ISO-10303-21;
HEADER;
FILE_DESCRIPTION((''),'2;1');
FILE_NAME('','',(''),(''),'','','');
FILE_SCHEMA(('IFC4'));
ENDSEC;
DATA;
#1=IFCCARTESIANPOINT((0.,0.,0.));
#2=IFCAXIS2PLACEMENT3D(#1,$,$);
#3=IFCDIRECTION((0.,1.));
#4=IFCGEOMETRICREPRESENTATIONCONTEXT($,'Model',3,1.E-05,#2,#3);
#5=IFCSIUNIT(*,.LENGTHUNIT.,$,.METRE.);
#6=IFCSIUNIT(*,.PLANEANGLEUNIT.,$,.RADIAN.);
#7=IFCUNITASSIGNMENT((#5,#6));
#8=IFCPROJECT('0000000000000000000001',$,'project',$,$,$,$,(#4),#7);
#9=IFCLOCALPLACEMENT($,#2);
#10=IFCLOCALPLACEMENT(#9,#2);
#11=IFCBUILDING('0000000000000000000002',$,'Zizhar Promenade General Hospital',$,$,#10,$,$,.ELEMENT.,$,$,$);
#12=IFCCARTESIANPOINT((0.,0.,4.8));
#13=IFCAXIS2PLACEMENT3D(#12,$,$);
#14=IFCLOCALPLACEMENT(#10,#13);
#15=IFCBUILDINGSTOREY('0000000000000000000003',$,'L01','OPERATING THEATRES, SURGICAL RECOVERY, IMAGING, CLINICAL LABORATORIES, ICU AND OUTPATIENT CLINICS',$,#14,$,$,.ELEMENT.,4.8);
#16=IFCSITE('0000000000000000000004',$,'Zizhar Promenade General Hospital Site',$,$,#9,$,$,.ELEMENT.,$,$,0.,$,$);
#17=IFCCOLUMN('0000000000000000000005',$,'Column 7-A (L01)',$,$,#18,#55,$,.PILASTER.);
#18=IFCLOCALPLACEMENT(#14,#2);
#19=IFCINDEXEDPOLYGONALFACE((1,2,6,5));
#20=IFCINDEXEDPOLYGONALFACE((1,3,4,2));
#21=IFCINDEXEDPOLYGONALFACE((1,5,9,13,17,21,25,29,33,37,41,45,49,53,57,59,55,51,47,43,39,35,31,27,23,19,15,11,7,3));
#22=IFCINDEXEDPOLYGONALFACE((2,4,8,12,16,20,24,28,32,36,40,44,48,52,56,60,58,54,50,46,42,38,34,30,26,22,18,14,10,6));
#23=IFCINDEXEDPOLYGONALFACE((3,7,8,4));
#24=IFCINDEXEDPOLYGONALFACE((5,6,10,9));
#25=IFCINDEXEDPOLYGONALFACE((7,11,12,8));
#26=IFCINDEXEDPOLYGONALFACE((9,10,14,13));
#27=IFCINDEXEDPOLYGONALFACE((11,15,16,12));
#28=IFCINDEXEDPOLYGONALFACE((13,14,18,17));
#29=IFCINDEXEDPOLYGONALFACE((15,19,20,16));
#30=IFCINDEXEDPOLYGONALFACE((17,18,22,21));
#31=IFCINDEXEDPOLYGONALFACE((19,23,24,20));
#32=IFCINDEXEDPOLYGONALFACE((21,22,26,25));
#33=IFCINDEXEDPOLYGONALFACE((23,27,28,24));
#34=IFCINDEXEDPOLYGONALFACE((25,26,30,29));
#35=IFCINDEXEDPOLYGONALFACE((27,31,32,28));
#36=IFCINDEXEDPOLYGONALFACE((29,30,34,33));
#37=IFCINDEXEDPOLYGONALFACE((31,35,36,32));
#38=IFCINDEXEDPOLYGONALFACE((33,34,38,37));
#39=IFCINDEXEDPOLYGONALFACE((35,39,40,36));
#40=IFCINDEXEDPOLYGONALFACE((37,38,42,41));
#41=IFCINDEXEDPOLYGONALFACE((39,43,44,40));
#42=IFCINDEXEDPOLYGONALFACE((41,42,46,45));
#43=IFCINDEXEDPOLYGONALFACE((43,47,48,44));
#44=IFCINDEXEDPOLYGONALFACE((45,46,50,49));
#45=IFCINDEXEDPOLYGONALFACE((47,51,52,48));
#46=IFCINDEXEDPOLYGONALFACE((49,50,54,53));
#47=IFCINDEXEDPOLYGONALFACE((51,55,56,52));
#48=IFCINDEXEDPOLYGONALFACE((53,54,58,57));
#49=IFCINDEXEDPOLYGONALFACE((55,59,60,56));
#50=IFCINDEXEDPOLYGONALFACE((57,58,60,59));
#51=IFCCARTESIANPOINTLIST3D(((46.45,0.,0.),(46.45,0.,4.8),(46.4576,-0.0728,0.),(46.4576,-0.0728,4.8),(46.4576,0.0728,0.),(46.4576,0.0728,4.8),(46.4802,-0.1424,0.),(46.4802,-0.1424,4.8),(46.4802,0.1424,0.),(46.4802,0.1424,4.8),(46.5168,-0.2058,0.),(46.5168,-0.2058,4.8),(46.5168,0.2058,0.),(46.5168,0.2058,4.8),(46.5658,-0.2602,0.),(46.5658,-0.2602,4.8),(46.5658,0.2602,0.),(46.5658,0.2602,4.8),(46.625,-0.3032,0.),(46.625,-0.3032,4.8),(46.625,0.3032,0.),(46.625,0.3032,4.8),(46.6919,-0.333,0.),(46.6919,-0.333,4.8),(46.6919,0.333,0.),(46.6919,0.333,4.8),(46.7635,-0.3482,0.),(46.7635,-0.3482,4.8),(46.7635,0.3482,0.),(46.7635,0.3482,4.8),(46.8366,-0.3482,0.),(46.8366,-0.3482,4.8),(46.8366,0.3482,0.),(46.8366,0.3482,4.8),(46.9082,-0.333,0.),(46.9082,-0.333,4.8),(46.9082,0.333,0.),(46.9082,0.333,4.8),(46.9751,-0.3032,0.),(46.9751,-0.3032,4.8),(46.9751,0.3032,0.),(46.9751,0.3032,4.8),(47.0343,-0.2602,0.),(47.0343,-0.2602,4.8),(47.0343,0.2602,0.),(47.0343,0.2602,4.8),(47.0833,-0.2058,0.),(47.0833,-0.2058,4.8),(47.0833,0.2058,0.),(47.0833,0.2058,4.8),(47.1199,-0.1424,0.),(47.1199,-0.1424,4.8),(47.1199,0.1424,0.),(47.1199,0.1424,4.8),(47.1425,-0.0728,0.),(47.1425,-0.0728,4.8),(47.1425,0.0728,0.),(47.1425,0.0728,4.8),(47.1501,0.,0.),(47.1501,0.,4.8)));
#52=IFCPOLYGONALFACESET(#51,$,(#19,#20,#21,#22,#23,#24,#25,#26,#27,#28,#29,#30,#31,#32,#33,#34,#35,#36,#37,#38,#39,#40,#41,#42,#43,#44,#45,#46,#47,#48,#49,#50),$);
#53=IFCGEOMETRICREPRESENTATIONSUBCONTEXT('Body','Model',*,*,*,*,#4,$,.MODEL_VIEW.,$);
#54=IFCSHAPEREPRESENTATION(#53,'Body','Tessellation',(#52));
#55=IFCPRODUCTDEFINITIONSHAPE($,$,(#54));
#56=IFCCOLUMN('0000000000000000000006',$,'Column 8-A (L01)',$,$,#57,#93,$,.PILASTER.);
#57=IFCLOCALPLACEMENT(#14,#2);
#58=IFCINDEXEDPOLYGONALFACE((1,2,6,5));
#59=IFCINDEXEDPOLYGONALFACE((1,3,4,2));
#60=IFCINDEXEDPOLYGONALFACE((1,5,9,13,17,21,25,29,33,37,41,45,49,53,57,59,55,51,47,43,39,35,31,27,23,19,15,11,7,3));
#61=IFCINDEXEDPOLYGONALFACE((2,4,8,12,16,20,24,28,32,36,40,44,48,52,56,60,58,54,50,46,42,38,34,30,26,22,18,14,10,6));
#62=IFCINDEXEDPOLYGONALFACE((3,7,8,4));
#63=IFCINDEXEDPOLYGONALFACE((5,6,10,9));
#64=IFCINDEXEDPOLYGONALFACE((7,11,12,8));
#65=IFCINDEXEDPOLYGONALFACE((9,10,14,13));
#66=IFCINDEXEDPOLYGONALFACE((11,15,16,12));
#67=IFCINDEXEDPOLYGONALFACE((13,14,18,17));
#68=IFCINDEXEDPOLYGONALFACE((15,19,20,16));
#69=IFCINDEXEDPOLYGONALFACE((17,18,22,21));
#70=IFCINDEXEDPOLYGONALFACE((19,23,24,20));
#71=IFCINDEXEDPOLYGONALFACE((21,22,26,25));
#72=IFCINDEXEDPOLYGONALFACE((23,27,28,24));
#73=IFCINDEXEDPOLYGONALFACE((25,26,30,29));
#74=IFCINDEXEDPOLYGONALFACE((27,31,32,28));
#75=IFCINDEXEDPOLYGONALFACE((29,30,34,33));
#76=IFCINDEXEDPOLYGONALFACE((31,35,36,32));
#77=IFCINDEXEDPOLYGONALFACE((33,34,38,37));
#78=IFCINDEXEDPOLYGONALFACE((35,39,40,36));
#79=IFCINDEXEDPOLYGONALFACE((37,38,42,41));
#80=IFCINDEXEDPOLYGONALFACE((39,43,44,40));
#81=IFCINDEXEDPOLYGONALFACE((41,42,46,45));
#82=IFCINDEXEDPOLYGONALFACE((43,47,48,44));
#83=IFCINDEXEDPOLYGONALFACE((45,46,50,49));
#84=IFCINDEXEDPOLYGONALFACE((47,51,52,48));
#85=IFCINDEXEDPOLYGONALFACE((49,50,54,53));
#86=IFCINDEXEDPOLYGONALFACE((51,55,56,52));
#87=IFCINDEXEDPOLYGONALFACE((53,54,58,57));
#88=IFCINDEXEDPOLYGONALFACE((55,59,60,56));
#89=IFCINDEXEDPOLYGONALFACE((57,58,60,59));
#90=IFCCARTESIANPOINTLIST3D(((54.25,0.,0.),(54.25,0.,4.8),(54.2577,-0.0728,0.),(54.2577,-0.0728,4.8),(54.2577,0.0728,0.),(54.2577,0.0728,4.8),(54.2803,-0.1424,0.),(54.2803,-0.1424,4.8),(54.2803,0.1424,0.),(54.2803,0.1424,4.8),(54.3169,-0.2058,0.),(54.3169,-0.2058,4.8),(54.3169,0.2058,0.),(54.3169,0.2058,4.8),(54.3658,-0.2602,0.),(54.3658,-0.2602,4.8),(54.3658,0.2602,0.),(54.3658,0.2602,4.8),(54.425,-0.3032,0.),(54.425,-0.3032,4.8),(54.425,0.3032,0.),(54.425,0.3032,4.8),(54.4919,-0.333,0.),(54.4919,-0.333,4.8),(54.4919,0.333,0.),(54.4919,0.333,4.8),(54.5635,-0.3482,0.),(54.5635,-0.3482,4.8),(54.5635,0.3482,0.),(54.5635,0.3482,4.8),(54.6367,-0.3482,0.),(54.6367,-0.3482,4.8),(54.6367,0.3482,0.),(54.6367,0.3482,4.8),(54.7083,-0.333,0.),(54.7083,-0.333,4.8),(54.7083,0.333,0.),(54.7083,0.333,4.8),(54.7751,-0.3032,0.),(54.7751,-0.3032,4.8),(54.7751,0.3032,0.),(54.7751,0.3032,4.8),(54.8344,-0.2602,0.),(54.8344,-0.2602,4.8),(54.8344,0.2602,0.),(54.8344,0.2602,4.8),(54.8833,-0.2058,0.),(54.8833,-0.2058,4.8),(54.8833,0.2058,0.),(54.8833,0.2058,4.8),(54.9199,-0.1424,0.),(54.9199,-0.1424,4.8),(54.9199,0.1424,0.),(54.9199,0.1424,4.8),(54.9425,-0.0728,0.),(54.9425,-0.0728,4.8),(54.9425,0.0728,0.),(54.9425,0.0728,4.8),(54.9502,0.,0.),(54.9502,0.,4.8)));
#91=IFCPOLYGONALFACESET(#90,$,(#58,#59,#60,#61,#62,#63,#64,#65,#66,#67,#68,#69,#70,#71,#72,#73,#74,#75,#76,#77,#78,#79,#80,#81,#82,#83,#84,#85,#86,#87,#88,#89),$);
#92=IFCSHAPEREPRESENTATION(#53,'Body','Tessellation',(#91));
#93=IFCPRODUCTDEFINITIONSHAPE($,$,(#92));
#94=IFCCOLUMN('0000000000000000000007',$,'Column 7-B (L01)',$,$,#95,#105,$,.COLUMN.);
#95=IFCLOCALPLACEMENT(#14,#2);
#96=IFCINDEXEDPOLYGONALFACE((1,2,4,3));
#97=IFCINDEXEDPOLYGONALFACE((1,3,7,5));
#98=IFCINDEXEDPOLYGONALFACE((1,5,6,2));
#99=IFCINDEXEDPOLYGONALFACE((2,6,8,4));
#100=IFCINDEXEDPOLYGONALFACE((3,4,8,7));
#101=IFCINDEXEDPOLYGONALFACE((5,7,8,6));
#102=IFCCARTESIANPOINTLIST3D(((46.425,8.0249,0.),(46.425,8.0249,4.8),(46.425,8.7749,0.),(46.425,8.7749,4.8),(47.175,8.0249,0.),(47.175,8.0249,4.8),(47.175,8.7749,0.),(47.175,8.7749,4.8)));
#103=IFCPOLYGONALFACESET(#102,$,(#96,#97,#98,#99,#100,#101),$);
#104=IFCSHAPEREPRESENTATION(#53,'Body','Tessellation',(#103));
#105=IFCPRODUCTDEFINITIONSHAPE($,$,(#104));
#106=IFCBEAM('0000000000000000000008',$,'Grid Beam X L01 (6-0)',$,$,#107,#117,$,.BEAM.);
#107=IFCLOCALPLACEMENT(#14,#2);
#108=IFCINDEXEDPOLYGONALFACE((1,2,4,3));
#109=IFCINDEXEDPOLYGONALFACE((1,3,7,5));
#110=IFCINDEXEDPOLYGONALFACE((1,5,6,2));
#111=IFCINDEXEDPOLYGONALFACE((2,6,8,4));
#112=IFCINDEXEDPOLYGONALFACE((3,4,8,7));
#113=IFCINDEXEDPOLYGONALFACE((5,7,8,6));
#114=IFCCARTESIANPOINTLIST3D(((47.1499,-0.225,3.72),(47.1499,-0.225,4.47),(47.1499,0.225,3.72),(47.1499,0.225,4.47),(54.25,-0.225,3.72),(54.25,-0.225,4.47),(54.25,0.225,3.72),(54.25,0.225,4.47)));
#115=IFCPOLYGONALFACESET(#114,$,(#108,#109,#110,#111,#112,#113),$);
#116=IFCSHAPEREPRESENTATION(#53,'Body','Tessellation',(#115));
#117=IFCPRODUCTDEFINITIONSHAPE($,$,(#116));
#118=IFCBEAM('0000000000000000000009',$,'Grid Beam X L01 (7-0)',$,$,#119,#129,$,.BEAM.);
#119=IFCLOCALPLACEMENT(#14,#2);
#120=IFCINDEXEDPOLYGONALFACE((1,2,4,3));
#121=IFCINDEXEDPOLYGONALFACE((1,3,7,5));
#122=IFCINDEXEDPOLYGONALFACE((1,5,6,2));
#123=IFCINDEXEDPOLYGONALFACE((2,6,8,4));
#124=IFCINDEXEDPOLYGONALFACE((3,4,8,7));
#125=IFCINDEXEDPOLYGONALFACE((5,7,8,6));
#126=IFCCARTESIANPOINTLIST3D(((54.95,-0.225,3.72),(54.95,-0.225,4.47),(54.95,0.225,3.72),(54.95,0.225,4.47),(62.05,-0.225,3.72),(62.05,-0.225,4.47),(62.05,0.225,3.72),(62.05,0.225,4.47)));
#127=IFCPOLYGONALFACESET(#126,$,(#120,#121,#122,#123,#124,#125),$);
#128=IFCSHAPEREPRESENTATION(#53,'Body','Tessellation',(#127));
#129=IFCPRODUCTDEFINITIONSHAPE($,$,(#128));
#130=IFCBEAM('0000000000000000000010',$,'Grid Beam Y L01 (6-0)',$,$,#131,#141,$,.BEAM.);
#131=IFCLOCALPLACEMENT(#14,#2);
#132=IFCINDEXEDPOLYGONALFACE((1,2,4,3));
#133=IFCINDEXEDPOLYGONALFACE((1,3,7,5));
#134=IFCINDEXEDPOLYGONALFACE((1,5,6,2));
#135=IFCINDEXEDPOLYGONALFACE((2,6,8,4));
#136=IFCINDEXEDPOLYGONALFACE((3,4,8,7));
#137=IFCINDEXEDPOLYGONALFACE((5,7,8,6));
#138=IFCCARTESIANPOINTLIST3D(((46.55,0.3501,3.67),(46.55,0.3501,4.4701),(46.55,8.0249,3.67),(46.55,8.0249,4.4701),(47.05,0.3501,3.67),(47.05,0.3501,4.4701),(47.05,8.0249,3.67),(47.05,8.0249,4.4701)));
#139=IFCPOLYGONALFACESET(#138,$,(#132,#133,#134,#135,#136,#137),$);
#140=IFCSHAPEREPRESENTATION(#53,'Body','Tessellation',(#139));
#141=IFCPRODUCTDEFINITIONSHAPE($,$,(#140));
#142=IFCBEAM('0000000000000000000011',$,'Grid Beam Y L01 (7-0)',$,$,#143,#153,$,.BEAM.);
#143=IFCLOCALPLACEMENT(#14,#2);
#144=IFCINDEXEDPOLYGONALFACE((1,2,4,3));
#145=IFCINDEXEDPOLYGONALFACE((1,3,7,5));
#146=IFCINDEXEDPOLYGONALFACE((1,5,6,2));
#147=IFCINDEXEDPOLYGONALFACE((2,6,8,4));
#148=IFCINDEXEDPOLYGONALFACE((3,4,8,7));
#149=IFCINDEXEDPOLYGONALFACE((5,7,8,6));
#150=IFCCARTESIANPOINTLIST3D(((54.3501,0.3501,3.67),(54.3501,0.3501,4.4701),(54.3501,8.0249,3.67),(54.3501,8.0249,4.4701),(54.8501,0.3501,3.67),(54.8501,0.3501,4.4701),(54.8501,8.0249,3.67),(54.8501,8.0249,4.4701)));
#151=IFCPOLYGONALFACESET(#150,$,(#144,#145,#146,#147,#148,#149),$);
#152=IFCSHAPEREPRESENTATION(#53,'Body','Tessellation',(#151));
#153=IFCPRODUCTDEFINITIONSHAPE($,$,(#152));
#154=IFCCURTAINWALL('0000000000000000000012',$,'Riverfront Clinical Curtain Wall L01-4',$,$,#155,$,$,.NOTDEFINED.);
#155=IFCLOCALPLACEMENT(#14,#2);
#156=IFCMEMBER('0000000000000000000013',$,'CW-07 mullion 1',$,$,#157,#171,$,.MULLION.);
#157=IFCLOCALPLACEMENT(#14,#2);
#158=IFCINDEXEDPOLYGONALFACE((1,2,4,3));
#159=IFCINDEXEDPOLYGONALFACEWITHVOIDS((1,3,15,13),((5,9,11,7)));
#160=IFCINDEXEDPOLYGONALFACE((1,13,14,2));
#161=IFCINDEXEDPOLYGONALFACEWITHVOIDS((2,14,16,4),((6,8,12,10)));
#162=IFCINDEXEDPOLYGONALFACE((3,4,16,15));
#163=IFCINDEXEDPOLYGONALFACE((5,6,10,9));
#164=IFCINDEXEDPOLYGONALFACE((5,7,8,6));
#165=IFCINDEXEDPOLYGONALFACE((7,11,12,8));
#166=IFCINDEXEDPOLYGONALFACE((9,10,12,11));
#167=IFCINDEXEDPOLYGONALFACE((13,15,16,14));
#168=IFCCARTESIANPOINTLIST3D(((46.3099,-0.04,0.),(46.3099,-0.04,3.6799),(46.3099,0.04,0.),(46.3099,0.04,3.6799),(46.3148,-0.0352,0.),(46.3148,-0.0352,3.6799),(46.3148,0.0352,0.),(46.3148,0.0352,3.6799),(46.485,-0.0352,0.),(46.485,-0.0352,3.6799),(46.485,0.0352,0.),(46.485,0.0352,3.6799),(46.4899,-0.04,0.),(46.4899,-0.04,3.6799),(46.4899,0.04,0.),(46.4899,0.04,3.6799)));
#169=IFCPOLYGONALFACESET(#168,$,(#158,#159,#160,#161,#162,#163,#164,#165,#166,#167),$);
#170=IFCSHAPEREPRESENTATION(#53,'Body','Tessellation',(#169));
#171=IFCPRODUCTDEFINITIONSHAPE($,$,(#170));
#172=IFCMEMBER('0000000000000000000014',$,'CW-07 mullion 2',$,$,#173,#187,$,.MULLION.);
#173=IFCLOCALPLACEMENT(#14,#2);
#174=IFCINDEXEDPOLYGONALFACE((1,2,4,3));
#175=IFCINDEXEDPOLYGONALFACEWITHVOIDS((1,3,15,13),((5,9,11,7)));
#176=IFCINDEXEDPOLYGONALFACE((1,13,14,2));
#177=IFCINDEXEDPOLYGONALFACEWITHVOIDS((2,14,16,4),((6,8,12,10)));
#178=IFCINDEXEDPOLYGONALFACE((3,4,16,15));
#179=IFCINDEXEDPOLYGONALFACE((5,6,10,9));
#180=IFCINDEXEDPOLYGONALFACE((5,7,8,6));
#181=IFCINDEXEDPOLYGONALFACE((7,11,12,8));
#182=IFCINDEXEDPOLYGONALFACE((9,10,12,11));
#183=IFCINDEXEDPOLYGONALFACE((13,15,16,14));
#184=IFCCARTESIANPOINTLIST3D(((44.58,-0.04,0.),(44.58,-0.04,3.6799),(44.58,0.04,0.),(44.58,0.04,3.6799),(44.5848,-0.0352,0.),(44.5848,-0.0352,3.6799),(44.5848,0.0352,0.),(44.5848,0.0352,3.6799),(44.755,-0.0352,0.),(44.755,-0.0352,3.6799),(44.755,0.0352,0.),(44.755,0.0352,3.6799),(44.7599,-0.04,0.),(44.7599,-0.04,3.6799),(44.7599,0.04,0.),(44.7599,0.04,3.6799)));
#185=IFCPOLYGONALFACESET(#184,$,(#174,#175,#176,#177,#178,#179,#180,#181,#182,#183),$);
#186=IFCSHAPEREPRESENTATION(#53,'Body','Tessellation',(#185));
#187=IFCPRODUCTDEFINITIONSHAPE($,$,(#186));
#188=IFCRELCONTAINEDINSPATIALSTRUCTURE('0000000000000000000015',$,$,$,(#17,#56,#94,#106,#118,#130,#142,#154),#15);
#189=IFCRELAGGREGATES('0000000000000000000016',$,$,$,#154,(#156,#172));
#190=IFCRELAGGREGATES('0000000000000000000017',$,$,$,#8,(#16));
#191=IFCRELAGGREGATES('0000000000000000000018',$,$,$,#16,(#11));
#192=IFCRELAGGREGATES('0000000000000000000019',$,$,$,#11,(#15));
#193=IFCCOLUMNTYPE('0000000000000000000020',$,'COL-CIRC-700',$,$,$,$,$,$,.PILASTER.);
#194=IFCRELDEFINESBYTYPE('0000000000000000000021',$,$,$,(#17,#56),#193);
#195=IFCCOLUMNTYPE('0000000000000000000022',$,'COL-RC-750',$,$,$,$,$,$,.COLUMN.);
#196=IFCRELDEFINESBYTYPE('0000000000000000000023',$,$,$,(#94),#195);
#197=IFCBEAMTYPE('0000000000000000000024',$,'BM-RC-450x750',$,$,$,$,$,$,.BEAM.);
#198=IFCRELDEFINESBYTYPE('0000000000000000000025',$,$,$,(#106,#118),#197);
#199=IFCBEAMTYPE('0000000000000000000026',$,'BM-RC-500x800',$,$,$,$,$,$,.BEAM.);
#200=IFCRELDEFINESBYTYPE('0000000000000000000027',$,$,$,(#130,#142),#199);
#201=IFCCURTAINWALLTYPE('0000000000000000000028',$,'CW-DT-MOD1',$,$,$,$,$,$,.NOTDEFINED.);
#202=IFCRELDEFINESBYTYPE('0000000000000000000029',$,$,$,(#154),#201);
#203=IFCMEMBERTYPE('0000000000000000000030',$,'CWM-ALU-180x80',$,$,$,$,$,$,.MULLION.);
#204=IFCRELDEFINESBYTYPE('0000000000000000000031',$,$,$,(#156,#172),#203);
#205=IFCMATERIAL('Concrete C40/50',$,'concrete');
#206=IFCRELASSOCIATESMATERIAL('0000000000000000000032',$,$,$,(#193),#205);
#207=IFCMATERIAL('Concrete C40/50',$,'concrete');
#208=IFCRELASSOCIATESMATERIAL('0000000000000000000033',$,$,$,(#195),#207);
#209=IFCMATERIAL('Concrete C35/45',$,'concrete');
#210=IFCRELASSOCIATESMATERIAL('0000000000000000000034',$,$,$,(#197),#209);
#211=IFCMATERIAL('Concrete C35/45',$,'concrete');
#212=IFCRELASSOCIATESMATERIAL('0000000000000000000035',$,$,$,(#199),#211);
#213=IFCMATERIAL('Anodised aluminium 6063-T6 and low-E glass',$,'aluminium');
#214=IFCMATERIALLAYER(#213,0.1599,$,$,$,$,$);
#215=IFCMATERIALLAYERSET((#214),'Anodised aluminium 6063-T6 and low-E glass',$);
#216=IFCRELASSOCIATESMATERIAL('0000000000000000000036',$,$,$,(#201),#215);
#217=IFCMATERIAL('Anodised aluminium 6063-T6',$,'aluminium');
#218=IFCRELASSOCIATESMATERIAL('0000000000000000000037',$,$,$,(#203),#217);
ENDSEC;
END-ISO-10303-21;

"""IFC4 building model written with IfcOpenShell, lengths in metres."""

from ifc_helpers import new_model, si_unit, direction, frame, origin, origin_2d, place, context, subcontext, project, spatial, rectangle, hollow_rectangle, circle, extrude, material, layer, layer_set, material_profile, profile_set, type_object, element, aggregate, save


model = new_model("IFC4")

# Units and contexts
model_context = context("Model", 3, precision=1e-05, world=origin(), true_north=direction((0.0, 1.0)))
body_context = subcontext(model_context, "Body", "Model", "MODEL_VIEW")
ifc_project = project(units=[si_unit("LENGTHUNIT", "METRE"), si_unit("PLANEANGLEUNIT", "RADIAN")], contexts=[model_context])

# Site, building, storey
site_placement = place(None, origin())
site = spatial("IfcSite", under=ifc_project, at=site_placement, Name="Zizhar Promenade General Hospital Site", CompositionType="ELEMENT", RefElevation=0.0)
building_placement = place(site_placement, origin())
building = spatial("IfcBuilding", under=site, at=building_placement, Name="Zizhar Promenade General Hospital", CompositionType="ELEMENT")
storey_placement = place(building_placement, frame((0.0, 0.0, 4.8)))
storey = spatial("IfcBuildingStorey", under=building, at=storey_placement, Name="L01", Description="OPERATING THEATRES, SURGICAL RECOVERY, IMAGING, CLINICAL LABORATORIES, ICU AND OUTPATIENT CLINICS", CompositionType="ELEMENT", Elevation=4.8)

# Columns
ifc_material_1 = material(Name="Concrete C40/50", Category="concrete")
ifc_material_profile_1 = material_profile(ifc_material_1, circle(Radius=0.3501, at=origin_2d()))
ifc_profile_set_1 = profile_set([ifc_material_profile_1], Name="Concrete C40/50")
column_type_1 = type_object("IfcColumnType", Name="COL-CIRC-700", PredefinedType="PILASTER", material=ifc_profile_set_1)
for number, where, z_axis, x_axis, name in (
    (1, (46.8, 0.0, 0.0), (0.0, 0.0, 1.0), (1.0, 0.0, 0.0), "Column 7-A (L01)"),
    (2, (54.6001, 0.0, 0.0), (0.0, 0.0, 1.0), (1.0, 0.0, 0.0), "Column 8-A (L01)"),
):
    element("IfcColumn", number, at=place(storey_placement, frame(where, z_axis=z_axis, x_axis=x_axis)), inside=storey, type_object=column_type_1, Name=name, PredefinedType="PILASTER", context=body_context, shape_type="SweptSolid", body=[
        extrude(circle(Radius=0.3501, at=origin_2d()), origin(), (0.0, 0.0, 1.0), 4.8),
    ])
ifc_material_2 = material(Name="Concrete C40/50", Category="concrete")
ifc_material_profile_2 = material_profile(ifc_material_2, rectangle(XDim=0.75, YDim=0.75, at=origin_2d()))
ifc_profile_set_2 = profile_set([ifc_material_profile_2], Name="Concrete C40/50")
column_type_2 = type_object("IfcColumnType", Name="COL-RC-750", PredefinedType="COLUMN", material=ifc_profile_set_2)
column_placement = place(storey_placement, frame((46.8, 8.3999, 0.0), z_axis=(0.0, 0.0, 1.0), x_axis=(1.0, 0.0, 0.0)))
element("IfcColumn", 3, at=column_placement, inside=storey, type_object=column_type_2, Name="Column 7-B (L01)", PredefinedType="COLUMN", context=body_context, shape_type="SweptSolid", body=[
    extrude(rectangle(XDim=0.75, YDim=0.75, at=origin_2d()), origin(), (0.0, 0.0, 1.0), 4.8),
])

# Beams
ifc_material_3 = material(Name="Concrete C35/45", Category="concrete")
ifc_material_profile_3 = material_profile(ifc_material_3, rectangle(XDim=0.45, YDim=0.75, at=origin_2d()))
ifc_profile_set_3 = profile_set([ifc_material_profile_3], Name="Concrete C35/45")
beam_type_1 = type_object("IfcBeamType", Name="BM-RC-450x750", PredefinedType="BEAM", material=ifc_profile_set_3)
for number, where, z_axis, x_axis, name in (
    (4, (47.1499, 0.0, 4.095), (1.0, 0.0, 0.0), (0.0, 1.0, 0.0), "Grid Beam X L01 (6-0)"),
    (5, (54.95, 0.0, 4.095), (1.0, 0.0, 0.0), (0.0, 1.0, 0.0), "Grid Beam X L01 (7-0)"),
):
    element("IfcBeam", number, at=place(storey_placement, frame(where, z_axis=z_axis, x_axis=x_axis)), inside=storey, type_object=beam_type_1, Name=name, PredefinedType="BEAM", context=body_context, shape_type="SweptSolid", body=[
        extrude(rectangle(XDim=0.45, YDim=0.75, at=origin_2d()), origin(), (0.0, 0.0, 1.0), 7.1001),
    ])
ifc_material_4 = material(Name="Concrete C35/45", Category="concrete")
ifc_material_profile_4 = material_profile(ifc_material_4, rectangle(XDim=0.5, YDim=0.8, at=origin_2d()))
ifc_profile_set_4 = profile_set([ifc_material_profile_4], Name="Concrete C35/45")
beam_type_2 = type_object("IfcBeamType", Name="BM-RC-500x800", PredefinedType="BEAM", material=ifc_profile_set_4)
for number, where, z_axis, x_axis, name in (
    (6, (46.8, 0.3501, 4.0701), (0.0, 1.0, 0.0), (-1.0, 0.0, 0.0), "Grid Beam Y L01 (6-0)"),
    (7, (54.6001, 0.3501, 4.0701), (0.0, 1.0, 0.0), (-1.0, 0.0, 0.0), "Grid Beam Y L01 (7-0)"),
):
    element("IfcBeam", number, at=place(storey_placement, frame(where, z_axis=z_axis, x_axis=x_axis)), inside=storey, type_object=beam_type_2, Name=name, PredefinedType="BEAM", context=body_context, shape_type="SweptSolid", body=[
        extrude(rectangle(XDim=0.5, YDim=0.8, at=origin_2d()), origin(), (0.0, 0.0, 1.0), 7.6748),
    ])

# Curtain wall, members
ifc_material_5 = material(Name="Anodised aluminium 6063-T6 and low-E glass", Category="aluminium")
ifc_layer_1 = layer(ifc_material_5, 0.1599)
ifc_layer_set_1 = layer_set([ifc_layer_1], Name="Anodised aluminium 6063-T6 and low-E glass")
curtain_wall_type = type_object("IfcCurtainWallType", Name="CW-DT-MOD1", PredefinedType="NOTDEFINED", material=ifc_layer_set_1)
curtain_wall_1_placement = place(storey_placement, origin())
curtain_wall_1 = element("IfcCurtainWall", 8, at=curtain_wall_1_placement, inside=storey, type_object=curtain_wall_type, Name="Riverfront Clinical Curtain Wall L01-4", PredefinedType="NOTDEFINED")
ifc_material_6 = material(Name="Anodised aluminium 6063-T6", Category="aluminium")
ifc_material_profile_5 = material_profile(ifc_material_6, hollow_rectangle(XDim=0.0801, YDim=0.1799, WallThickness=0.0049, at=origin_2d()))
ifc_profile_set_5 = profile_set([ifc_material_profile_5], Name="Anodised aluminium 6063-T6")
member_type_1 = type_object("IfcMemberType", Name="CWM-ALU-180x80", PredefinedType="MULLION", material=ifc_profile_set_5)
member_1_placement = place(storey_placement, frame((46.3999, 0.0, 0.0), z_axis=(0.0, 0.0, 1.0), x_axis=(0.0, -1.0, 0.0)))
member_1 = element("IfcMember", 9, at=member_1_placement, type_object=member_type_1, Name="CW-07 mullion 1", PredefinedType="MULLION", context=body_context, shape_type="SweptSolid", body=[
    extrude(hollow_rectangle(XDim=0.0801, YDim=0.1799, WallThickness=0.0049, at=origin_2d()), origin(), (0.0, 0.0, 1.0), 3.6799),
])
member_2_placement = place(storey_placement, frame((44.6699, 0.0, 0.0), z_axis=(0.0, 0.0, 1.0), x_axis=(0.0, -1.0, 0.0)))
member_2 = element("IfcMember", 10, at=member_2_placement, type_object=member_type_1, Name="CW-07 mullion 2", PredefinedType="MULLION", context=body_context, shape_type="SweptSolid", body=[
    extrude(hollow_rectangle(XDim=0.0801, YDim=0.1799, WallThickness=0.0049, at=origin_2d()), origin(), (0.0, 0.0, 1.0), 3.6799),
])

aggregate(curtain_wall_1, [member_1, member_2])

save(model, "model.ifc")
